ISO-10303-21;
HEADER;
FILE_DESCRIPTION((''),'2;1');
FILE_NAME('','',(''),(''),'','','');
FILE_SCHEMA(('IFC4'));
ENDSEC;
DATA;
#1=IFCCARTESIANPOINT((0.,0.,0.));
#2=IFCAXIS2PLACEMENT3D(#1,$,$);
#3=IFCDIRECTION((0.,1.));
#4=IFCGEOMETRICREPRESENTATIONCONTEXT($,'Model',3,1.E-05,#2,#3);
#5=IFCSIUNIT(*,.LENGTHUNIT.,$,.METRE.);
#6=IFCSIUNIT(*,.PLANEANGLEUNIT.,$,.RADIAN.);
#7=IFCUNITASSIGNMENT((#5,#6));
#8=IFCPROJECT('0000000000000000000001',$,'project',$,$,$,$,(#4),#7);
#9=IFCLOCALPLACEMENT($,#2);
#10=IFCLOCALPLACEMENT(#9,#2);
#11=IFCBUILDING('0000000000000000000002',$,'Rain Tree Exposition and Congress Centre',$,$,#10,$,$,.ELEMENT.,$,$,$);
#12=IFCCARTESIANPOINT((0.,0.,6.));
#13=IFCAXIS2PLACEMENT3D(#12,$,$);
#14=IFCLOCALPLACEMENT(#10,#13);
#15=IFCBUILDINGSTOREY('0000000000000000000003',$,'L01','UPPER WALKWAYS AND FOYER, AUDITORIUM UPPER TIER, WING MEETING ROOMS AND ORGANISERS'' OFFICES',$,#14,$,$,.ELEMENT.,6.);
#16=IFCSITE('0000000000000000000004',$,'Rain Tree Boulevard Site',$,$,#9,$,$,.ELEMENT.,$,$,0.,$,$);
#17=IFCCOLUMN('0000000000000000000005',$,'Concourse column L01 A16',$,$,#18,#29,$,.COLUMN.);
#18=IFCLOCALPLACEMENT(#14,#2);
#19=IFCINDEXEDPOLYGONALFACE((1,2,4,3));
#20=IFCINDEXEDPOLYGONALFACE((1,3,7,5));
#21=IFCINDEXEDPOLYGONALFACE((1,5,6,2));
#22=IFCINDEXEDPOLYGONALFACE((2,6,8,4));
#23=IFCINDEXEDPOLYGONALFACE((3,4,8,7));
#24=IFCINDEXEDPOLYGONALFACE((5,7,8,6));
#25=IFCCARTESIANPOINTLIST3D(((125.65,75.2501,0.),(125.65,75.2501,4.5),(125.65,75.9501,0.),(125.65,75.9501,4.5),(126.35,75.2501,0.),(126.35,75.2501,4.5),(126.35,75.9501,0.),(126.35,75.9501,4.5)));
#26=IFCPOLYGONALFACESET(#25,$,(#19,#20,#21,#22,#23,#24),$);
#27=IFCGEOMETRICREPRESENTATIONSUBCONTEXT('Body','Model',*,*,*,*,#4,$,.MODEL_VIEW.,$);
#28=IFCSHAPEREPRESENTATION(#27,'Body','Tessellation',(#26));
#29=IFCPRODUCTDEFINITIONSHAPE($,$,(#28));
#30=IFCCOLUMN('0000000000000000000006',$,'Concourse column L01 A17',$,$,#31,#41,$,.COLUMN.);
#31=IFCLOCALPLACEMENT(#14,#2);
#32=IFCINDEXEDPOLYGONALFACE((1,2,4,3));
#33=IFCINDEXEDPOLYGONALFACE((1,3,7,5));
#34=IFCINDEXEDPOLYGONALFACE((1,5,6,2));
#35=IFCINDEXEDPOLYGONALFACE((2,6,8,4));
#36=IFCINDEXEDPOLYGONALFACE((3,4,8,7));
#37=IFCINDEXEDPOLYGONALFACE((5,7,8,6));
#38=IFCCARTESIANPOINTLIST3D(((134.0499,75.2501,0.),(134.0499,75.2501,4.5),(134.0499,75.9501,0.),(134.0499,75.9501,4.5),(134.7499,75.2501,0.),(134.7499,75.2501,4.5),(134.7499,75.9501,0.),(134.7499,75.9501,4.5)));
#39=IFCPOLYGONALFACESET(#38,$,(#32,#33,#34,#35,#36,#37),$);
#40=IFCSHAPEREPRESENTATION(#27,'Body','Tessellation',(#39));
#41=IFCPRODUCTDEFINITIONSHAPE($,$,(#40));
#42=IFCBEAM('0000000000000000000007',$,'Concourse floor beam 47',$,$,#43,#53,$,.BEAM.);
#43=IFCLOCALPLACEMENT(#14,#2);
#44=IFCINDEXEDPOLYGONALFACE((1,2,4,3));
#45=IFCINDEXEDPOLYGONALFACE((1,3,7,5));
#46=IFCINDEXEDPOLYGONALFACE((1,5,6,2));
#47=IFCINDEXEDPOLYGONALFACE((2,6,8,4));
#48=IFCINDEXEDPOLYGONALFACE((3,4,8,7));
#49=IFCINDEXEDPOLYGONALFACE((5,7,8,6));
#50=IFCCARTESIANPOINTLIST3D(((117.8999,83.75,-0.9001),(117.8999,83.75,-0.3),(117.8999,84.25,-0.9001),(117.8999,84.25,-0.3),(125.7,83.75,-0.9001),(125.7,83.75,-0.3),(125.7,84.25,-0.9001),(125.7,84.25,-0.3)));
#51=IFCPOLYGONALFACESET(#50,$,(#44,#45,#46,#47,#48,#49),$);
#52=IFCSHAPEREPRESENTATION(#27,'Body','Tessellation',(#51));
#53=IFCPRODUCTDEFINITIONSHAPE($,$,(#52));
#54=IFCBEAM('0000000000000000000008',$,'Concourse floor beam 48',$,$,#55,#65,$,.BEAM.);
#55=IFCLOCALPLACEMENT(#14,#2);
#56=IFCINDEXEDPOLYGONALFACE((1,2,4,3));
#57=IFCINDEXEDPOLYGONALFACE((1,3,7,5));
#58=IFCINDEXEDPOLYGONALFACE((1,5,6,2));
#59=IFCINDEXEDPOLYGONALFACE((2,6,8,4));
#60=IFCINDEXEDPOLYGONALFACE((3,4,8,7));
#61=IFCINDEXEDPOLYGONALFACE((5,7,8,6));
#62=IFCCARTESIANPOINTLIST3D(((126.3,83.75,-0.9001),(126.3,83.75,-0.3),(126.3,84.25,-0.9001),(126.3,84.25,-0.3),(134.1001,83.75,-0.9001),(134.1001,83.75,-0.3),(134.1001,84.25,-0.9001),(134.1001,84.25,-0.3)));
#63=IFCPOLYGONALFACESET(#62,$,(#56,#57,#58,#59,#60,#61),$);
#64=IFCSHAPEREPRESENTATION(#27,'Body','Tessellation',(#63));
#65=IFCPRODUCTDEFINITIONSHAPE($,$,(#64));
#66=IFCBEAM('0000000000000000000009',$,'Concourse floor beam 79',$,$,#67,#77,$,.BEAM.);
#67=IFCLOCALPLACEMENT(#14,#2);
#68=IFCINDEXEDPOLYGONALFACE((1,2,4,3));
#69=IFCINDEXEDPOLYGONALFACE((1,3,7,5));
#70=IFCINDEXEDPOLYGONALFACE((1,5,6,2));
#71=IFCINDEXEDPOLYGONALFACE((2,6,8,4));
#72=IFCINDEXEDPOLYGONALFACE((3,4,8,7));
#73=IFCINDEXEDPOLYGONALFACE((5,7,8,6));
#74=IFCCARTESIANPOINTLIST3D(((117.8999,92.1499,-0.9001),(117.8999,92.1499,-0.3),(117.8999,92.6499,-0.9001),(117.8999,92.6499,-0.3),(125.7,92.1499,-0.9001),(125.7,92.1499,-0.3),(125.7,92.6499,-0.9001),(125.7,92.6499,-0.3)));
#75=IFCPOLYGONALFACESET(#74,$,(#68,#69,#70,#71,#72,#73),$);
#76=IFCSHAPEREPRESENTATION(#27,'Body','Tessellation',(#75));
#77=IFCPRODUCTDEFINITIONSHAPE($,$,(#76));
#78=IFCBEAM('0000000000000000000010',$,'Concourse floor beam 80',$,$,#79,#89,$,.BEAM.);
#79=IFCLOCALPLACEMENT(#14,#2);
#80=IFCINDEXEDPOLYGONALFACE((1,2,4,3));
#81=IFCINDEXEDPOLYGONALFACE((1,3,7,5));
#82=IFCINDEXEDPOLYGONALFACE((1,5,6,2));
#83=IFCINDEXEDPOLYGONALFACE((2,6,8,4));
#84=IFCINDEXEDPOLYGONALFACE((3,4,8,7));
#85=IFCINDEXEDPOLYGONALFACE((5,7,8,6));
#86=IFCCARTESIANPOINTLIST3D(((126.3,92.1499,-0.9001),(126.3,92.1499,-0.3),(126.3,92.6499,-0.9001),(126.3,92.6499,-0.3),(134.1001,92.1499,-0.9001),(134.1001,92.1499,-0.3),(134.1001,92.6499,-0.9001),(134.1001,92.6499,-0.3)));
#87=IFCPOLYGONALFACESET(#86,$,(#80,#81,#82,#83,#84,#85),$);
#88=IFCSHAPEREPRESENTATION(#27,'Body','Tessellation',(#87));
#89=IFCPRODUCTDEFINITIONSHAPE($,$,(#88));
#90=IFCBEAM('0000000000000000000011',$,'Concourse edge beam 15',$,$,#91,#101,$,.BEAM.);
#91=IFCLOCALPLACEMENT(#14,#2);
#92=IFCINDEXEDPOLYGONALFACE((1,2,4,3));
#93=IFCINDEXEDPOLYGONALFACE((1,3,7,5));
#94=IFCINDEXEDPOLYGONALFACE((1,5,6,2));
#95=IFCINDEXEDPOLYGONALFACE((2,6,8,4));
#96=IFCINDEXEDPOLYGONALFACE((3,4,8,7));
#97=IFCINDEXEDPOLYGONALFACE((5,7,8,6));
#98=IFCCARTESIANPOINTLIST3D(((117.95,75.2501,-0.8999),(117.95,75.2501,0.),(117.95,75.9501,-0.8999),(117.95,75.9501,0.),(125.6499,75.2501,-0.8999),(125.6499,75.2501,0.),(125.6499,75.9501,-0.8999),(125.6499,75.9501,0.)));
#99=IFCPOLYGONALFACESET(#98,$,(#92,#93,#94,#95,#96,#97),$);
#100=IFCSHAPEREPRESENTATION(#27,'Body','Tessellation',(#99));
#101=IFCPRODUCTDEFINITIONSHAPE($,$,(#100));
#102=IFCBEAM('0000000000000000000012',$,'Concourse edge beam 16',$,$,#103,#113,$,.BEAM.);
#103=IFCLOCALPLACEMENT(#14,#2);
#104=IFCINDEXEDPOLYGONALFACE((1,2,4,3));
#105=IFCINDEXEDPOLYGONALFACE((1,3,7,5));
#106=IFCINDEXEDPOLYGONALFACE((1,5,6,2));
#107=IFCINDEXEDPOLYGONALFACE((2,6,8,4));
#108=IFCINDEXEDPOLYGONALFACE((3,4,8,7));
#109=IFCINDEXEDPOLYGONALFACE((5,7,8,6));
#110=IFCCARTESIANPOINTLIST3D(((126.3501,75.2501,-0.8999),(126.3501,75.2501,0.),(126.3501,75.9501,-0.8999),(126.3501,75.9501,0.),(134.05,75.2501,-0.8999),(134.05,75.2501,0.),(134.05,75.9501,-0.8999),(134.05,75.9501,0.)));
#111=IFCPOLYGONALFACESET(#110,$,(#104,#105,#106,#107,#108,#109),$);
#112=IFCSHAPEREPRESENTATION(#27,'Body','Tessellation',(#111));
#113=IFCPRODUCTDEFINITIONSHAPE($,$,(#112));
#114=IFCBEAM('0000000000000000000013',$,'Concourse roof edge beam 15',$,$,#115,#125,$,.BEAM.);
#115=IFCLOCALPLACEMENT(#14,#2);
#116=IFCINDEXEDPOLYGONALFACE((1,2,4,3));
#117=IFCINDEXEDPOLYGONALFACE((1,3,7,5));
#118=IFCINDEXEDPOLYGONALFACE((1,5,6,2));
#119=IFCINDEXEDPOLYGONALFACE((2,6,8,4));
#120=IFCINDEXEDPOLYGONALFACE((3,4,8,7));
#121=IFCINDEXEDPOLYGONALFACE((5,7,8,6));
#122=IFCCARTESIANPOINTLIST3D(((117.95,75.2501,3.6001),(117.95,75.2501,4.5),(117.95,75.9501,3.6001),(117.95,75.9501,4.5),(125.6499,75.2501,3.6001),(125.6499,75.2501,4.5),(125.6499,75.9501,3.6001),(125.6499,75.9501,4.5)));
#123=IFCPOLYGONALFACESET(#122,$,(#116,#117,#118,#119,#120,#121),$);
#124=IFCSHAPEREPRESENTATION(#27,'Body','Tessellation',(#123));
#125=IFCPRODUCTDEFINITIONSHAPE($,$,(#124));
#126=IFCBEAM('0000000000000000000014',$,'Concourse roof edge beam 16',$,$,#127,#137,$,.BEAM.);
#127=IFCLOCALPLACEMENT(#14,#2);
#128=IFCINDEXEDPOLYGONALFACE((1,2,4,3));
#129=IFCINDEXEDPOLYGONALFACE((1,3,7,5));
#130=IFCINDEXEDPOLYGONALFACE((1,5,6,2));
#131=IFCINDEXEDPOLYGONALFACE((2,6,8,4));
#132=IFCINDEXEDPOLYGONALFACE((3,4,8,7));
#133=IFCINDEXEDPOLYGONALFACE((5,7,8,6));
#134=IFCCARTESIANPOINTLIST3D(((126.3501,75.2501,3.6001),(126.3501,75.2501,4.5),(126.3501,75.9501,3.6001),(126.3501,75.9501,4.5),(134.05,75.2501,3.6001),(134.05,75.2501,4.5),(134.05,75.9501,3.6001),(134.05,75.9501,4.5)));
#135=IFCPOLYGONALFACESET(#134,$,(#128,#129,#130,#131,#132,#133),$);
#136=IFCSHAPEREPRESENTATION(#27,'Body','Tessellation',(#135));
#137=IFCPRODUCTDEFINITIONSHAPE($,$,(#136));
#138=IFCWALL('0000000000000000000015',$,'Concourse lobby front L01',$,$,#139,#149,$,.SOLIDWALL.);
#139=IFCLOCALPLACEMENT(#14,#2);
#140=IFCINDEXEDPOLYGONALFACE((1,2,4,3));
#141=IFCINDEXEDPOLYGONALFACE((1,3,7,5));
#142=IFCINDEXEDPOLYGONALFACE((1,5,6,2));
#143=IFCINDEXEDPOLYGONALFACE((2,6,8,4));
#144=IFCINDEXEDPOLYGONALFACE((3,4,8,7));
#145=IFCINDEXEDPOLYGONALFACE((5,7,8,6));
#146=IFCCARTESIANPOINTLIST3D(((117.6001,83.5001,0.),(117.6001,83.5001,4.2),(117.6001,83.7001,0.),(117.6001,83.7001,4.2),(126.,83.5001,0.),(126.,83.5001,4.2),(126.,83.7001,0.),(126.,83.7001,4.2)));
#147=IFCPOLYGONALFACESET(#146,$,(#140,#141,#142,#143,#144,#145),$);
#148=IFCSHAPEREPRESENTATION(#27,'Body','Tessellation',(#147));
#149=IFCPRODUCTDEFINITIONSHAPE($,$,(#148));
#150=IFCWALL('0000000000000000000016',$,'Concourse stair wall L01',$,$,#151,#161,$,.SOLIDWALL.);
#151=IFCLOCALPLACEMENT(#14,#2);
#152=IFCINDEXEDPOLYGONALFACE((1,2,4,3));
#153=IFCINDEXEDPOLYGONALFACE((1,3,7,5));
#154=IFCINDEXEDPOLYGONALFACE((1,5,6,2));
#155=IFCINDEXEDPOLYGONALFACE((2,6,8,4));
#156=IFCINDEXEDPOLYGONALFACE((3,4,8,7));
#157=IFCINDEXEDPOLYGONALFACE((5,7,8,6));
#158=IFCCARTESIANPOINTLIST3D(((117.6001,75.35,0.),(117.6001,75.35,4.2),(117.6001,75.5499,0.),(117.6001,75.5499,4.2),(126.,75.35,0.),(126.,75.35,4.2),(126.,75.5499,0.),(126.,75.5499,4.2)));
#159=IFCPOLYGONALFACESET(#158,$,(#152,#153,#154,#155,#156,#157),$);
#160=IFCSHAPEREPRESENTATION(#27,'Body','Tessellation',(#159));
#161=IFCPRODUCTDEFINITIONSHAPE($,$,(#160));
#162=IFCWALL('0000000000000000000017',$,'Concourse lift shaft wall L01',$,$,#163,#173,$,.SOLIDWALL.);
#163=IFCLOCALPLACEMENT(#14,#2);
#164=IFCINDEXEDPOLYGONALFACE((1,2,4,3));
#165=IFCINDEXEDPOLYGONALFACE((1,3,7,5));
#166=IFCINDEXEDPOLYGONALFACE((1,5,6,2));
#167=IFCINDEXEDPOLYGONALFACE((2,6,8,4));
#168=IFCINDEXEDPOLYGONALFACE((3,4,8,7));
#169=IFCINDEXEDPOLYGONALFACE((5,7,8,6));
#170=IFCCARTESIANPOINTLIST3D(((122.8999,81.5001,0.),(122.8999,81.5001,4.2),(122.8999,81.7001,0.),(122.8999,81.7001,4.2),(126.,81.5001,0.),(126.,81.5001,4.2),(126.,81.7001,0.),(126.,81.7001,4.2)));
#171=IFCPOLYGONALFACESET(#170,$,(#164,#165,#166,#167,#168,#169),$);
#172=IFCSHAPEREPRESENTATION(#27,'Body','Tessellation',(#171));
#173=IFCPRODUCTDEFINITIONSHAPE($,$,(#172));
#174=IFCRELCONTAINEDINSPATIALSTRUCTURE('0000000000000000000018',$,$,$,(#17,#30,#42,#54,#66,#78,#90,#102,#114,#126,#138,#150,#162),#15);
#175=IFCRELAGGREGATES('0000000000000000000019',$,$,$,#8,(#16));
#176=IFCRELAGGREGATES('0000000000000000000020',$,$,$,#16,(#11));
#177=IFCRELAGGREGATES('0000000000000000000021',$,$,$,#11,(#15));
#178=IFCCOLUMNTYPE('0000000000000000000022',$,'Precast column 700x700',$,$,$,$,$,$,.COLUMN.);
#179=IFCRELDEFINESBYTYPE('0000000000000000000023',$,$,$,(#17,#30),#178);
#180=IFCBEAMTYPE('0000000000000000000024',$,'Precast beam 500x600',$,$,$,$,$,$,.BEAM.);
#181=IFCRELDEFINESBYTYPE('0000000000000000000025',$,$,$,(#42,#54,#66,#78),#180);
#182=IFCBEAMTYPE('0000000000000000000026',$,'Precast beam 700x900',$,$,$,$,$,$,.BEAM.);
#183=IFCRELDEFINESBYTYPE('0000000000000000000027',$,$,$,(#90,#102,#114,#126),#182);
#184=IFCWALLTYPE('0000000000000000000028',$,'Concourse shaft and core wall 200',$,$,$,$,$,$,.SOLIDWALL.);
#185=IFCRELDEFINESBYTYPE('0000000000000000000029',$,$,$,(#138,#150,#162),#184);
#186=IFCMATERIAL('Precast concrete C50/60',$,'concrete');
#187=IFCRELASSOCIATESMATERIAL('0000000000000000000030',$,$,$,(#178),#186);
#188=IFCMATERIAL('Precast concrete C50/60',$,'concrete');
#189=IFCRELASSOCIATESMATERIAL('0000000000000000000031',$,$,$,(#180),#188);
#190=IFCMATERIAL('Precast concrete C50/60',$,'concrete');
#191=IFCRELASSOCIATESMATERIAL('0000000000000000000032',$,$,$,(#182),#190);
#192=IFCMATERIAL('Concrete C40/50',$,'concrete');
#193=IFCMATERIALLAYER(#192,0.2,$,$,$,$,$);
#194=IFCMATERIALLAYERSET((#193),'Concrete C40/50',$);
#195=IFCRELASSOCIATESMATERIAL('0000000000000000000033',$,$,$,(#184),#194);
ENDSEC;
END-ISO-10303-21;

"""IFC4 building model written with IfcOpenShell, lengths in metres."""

from ifc_helpers import new_model, si_unit, direction, frame, frame_2d, origin, origin_2d, place, context, subcontext, project, spatial, rectangle, extrude, material, layer, layer_set, material_profile, profile_set, type_object, element, save


model = new_model("IFC4")

# Units and contexts
model_context = context("Model", 3, precision=1e-05, world=origin(), true_north=direction((0.0, 1.0)))
body_context = subcontext(model_context, "Body", "Model", "MODEL_VIEW")
ifc_project = project(units=[si_unit("LENGTHUNIT", "METRE"), si_unit("PLANEANGLEUNIT", "RADIAN")], contexts=[model_context])

# Site, building, storey
site_placement = place(None, origin())
site = spatial("IfcSite", under=ifc_project, at=site_placement, Name="Rain Tree Boulevard Site", CompositionType="ELEMENT", RefElevation=0.0)
building_placement = place(site_placement, origin())
building = spatial("IfcBuilding", under=site, at=building_placement, Name="Rain Tree Exposition and Congress Centre", CompositionType="ELEMENT")
storey_placement = place(building_placement, frame((0.0, 0.0, 6.0)))
storey = spatial("IfcBuildingStorey", under=building, at=storey_placement, Name="L01", Description="UPPER WALKWAYS AND FOYER, AUDITORIUM UPPER TIER, WING MEETING ROOMS AND ORGANISERS' OFFICES", CompositionType="ELEMENT", Elevation=6.0)

# Columns
ifc_material_1 = material(Name="Precast concrete C50/60", Category="concrete")
ifc_material_profile_1 = material_profile(ifc_material_1, rectangle(XDim=0.7, YDim=0.7, at=origin_2d()), Name="RC 700x700")
ifc_profile_set_1 = profile_set([ifc_material_profile_1], Name="Precast concrete C50/60")
column_type = type_object("IfcColumnType", Name="Precast column 700x700", PredefinedType="COLUMN", material=ifc_profile_set_1)
for number, where, z_axis, x_axis, name in (
    (1, (126.0, 75.6001, 0.0), (0.0, 0.0, 1.0), (1.0, 0.0, 0.0), "Concourse column L01 A16"),
    (2, (134.3999, 75.6001, 0.0), (0.0, 0.0, 1.0), (1.0, 0.0, 0.0), "Concourse column L01 A17"),
):
    element("IfcColumn", number, at=place(storey_placement, frame(where, z_axis=z_axis, x_axis=x_axis)), inside=storey, type_object=column_type, Name=name, PredefinedType="COLUMN", context=body_context, shape_type="SweptSolid", body=[
        extrude(rectangle(XDim=0.7, YDim=0.7, at=origin_2d()), origin(), (0.0, 0.0, 1.0), 4.5),
    ])

# Beams
ifc_material_2 = material(Name="Precast concrete C50/60", Category="concrete")
ifc_material_profile_2 = material_profile(ifc_material_2, rectangle(XDim=0.5, YDim=0.6001, at=origin_2d()), Name="RC 500x600")
ifc_profile_set_2 = profile_set([ifc_material_profile_2], Name="Precast concrete C50/60")
beam_type_1 = type_object("IfcBeamType", Name="Precast beam 500x600", PredefinedType="BEAM", material=ifc_profile_set_2)
for number, where, z_axis, x_axis, name in (
    (3, (117.8999, 84.0, -0.6001), (1.0, 0.0, 0.0), (0.0, 1.0, 0.0), "Concourse floor beam 47"),
    (4, (126.3, 84.0, -0.6001), (1.0, 0.0, 0.0), (0.0, 1.0, 0.0), "Concourse floor beam 48"),
    (5, (117.8999, 92.3999, -0.6001), (1.0, 0.0, 0.0), (0.0, 1.0, 0.0), "Concourse floor beam 79"),
    (6, (126.3, 92.3999, -0.6001), (1.0, 0.0, 0.0), (0.0, 1.0, 0.0), "Concourse floor beam 80"),
):
    element("IfcBeam", number, at=place(storey_placement, frame(where, z_axis=z_axis, x_axis=x_axis)), inside=storey, type_object=beam_type_1, Name=name, PredefinedType="BEAM", context=body_context, shape_type="SweptSolid", body=[
        extrude(rectangle(XDim=0.5, YDim=0.6001, at=origin_2d()), origin(), (0.0, 0.0, 1.0), 7.8),
    ])
ifc_material_3 = material(Name="Precast concrete C50/60", Category="concrete")
ifc_material_profile_3 = material_profile(ifc_material_3, rectangle(XDim=0.7, YDim=0.8999, at=origin_2d()), Name="RC 700x900")
ifc_profile_set_3 = profile_set([ifc_material_profile_3], Name="Precast concrete C50/60")
beam_type_2 = type_object("IfcBeamType", Name="Precast beam 700x900", PredefinedType="BEAM", material=ifc_profile_set_3)
for number, where, z_axis, x_axis, name in (
    (7, (117.95, 75.6001, -0.45), (1.0, 0.0, 0.0), (0.0, 1.0, 0.0), "Concourse edge beam 15"),
    (8, (126.3501, 75.6001, -0.45), (1.0, 0.0, 0.0), (0.0, 1.0, 0.0), "Concourse edge beam 16"),
    (9, (117.95, 75.6001, 4.05), (1.0, 0.0, 0.0), (0.0, 1.0, 0.0), "Concourse roof edge beam 15"),
    (10, (126.3501, 75.6001, 4.05), (1.0, 0.0, 0.0), (0.0, 1.0, 0.0), "Concourse roof edge beam 16"),
):
    element("IfcBeam", number, at=place(storey_placement, frame(where, z_axis=z_axis, x_axis=x_axis)), inside=storey, type_object=beam_type_2, Name=name, PredefinedType="BEAM", context=body_context, shape_type="SweptSolid", body=[
        extrude(rectangle(XDim=0.7, YDim=0.8999, at=origin_2d()), origin(), (0.0, 0.0, 1.0), 7.7),
    ])

# Walls
ifc_material_4 = material(Name="Concrete C40/50", Category="concrete")
ifc_layer_1 = layer(ifc_material_4, 0.2)
ifc_layer_set_1 = layer_set([ifc_layer_1], Name="Concrete C40/50")
wall_type_1 = type_object("IfcWallType", Name="Concourse shaft and core wall 200", PredefinedType="SOLIDWALL", material=ifc_layer_set_1)
for number, where, z_axis, x_axis, name in (
    (11, (117.6001, 83.6001, 0.0), (0.0, 0.0, 1.0), (1.0, 0.0, 0.0), "Concourse lobby front L01"),
    (12, (117.6001, 75.45, 0.0), (0.0, 0.0, 1.0), (1.0, 0.0, 0.0), "Concourse stair wall L01"),
):
    element("IfcWall", number, at=place(storey_placement, frame(where, z_axis=z_axis, x_axis=x_axis)), inside=storey, type_object=wall_type_1, Name=name, PredefinedType="SOLIDWALL", context=body_context, shape_type="SweptSolid", body=[
        extrude(rectangle(XDim=8.3999, YDim=0.2, at=frame_2d((4.2, 0.0))), origin(), (0.0, 0.0, 1.0), 4.2),
    ])

# Wall
wall_1_placement = place(storey_placement, frame((122.8999, 81.6001, 0.0), z_axis=(0.0, 0.0, 1.0), x_axis=(1.0, 0.0, 0.0)))
element("IfcWall", 13, at=wall_1_placement, inside=storey, type_object=wall_type_1, Name="Concourse lift shaft wall L01", PredefinedType="SOLIDWALL", context=body_context, shape_type="SweptSolid", body=[
    extrude(rectangle(XDim=3.1001, YDim=0.2, at=frame_2d((1.55, 0.0))), origin(), (0.0, 0.0, 1.0), 4.2),
])

save(model, "model.ifc")
